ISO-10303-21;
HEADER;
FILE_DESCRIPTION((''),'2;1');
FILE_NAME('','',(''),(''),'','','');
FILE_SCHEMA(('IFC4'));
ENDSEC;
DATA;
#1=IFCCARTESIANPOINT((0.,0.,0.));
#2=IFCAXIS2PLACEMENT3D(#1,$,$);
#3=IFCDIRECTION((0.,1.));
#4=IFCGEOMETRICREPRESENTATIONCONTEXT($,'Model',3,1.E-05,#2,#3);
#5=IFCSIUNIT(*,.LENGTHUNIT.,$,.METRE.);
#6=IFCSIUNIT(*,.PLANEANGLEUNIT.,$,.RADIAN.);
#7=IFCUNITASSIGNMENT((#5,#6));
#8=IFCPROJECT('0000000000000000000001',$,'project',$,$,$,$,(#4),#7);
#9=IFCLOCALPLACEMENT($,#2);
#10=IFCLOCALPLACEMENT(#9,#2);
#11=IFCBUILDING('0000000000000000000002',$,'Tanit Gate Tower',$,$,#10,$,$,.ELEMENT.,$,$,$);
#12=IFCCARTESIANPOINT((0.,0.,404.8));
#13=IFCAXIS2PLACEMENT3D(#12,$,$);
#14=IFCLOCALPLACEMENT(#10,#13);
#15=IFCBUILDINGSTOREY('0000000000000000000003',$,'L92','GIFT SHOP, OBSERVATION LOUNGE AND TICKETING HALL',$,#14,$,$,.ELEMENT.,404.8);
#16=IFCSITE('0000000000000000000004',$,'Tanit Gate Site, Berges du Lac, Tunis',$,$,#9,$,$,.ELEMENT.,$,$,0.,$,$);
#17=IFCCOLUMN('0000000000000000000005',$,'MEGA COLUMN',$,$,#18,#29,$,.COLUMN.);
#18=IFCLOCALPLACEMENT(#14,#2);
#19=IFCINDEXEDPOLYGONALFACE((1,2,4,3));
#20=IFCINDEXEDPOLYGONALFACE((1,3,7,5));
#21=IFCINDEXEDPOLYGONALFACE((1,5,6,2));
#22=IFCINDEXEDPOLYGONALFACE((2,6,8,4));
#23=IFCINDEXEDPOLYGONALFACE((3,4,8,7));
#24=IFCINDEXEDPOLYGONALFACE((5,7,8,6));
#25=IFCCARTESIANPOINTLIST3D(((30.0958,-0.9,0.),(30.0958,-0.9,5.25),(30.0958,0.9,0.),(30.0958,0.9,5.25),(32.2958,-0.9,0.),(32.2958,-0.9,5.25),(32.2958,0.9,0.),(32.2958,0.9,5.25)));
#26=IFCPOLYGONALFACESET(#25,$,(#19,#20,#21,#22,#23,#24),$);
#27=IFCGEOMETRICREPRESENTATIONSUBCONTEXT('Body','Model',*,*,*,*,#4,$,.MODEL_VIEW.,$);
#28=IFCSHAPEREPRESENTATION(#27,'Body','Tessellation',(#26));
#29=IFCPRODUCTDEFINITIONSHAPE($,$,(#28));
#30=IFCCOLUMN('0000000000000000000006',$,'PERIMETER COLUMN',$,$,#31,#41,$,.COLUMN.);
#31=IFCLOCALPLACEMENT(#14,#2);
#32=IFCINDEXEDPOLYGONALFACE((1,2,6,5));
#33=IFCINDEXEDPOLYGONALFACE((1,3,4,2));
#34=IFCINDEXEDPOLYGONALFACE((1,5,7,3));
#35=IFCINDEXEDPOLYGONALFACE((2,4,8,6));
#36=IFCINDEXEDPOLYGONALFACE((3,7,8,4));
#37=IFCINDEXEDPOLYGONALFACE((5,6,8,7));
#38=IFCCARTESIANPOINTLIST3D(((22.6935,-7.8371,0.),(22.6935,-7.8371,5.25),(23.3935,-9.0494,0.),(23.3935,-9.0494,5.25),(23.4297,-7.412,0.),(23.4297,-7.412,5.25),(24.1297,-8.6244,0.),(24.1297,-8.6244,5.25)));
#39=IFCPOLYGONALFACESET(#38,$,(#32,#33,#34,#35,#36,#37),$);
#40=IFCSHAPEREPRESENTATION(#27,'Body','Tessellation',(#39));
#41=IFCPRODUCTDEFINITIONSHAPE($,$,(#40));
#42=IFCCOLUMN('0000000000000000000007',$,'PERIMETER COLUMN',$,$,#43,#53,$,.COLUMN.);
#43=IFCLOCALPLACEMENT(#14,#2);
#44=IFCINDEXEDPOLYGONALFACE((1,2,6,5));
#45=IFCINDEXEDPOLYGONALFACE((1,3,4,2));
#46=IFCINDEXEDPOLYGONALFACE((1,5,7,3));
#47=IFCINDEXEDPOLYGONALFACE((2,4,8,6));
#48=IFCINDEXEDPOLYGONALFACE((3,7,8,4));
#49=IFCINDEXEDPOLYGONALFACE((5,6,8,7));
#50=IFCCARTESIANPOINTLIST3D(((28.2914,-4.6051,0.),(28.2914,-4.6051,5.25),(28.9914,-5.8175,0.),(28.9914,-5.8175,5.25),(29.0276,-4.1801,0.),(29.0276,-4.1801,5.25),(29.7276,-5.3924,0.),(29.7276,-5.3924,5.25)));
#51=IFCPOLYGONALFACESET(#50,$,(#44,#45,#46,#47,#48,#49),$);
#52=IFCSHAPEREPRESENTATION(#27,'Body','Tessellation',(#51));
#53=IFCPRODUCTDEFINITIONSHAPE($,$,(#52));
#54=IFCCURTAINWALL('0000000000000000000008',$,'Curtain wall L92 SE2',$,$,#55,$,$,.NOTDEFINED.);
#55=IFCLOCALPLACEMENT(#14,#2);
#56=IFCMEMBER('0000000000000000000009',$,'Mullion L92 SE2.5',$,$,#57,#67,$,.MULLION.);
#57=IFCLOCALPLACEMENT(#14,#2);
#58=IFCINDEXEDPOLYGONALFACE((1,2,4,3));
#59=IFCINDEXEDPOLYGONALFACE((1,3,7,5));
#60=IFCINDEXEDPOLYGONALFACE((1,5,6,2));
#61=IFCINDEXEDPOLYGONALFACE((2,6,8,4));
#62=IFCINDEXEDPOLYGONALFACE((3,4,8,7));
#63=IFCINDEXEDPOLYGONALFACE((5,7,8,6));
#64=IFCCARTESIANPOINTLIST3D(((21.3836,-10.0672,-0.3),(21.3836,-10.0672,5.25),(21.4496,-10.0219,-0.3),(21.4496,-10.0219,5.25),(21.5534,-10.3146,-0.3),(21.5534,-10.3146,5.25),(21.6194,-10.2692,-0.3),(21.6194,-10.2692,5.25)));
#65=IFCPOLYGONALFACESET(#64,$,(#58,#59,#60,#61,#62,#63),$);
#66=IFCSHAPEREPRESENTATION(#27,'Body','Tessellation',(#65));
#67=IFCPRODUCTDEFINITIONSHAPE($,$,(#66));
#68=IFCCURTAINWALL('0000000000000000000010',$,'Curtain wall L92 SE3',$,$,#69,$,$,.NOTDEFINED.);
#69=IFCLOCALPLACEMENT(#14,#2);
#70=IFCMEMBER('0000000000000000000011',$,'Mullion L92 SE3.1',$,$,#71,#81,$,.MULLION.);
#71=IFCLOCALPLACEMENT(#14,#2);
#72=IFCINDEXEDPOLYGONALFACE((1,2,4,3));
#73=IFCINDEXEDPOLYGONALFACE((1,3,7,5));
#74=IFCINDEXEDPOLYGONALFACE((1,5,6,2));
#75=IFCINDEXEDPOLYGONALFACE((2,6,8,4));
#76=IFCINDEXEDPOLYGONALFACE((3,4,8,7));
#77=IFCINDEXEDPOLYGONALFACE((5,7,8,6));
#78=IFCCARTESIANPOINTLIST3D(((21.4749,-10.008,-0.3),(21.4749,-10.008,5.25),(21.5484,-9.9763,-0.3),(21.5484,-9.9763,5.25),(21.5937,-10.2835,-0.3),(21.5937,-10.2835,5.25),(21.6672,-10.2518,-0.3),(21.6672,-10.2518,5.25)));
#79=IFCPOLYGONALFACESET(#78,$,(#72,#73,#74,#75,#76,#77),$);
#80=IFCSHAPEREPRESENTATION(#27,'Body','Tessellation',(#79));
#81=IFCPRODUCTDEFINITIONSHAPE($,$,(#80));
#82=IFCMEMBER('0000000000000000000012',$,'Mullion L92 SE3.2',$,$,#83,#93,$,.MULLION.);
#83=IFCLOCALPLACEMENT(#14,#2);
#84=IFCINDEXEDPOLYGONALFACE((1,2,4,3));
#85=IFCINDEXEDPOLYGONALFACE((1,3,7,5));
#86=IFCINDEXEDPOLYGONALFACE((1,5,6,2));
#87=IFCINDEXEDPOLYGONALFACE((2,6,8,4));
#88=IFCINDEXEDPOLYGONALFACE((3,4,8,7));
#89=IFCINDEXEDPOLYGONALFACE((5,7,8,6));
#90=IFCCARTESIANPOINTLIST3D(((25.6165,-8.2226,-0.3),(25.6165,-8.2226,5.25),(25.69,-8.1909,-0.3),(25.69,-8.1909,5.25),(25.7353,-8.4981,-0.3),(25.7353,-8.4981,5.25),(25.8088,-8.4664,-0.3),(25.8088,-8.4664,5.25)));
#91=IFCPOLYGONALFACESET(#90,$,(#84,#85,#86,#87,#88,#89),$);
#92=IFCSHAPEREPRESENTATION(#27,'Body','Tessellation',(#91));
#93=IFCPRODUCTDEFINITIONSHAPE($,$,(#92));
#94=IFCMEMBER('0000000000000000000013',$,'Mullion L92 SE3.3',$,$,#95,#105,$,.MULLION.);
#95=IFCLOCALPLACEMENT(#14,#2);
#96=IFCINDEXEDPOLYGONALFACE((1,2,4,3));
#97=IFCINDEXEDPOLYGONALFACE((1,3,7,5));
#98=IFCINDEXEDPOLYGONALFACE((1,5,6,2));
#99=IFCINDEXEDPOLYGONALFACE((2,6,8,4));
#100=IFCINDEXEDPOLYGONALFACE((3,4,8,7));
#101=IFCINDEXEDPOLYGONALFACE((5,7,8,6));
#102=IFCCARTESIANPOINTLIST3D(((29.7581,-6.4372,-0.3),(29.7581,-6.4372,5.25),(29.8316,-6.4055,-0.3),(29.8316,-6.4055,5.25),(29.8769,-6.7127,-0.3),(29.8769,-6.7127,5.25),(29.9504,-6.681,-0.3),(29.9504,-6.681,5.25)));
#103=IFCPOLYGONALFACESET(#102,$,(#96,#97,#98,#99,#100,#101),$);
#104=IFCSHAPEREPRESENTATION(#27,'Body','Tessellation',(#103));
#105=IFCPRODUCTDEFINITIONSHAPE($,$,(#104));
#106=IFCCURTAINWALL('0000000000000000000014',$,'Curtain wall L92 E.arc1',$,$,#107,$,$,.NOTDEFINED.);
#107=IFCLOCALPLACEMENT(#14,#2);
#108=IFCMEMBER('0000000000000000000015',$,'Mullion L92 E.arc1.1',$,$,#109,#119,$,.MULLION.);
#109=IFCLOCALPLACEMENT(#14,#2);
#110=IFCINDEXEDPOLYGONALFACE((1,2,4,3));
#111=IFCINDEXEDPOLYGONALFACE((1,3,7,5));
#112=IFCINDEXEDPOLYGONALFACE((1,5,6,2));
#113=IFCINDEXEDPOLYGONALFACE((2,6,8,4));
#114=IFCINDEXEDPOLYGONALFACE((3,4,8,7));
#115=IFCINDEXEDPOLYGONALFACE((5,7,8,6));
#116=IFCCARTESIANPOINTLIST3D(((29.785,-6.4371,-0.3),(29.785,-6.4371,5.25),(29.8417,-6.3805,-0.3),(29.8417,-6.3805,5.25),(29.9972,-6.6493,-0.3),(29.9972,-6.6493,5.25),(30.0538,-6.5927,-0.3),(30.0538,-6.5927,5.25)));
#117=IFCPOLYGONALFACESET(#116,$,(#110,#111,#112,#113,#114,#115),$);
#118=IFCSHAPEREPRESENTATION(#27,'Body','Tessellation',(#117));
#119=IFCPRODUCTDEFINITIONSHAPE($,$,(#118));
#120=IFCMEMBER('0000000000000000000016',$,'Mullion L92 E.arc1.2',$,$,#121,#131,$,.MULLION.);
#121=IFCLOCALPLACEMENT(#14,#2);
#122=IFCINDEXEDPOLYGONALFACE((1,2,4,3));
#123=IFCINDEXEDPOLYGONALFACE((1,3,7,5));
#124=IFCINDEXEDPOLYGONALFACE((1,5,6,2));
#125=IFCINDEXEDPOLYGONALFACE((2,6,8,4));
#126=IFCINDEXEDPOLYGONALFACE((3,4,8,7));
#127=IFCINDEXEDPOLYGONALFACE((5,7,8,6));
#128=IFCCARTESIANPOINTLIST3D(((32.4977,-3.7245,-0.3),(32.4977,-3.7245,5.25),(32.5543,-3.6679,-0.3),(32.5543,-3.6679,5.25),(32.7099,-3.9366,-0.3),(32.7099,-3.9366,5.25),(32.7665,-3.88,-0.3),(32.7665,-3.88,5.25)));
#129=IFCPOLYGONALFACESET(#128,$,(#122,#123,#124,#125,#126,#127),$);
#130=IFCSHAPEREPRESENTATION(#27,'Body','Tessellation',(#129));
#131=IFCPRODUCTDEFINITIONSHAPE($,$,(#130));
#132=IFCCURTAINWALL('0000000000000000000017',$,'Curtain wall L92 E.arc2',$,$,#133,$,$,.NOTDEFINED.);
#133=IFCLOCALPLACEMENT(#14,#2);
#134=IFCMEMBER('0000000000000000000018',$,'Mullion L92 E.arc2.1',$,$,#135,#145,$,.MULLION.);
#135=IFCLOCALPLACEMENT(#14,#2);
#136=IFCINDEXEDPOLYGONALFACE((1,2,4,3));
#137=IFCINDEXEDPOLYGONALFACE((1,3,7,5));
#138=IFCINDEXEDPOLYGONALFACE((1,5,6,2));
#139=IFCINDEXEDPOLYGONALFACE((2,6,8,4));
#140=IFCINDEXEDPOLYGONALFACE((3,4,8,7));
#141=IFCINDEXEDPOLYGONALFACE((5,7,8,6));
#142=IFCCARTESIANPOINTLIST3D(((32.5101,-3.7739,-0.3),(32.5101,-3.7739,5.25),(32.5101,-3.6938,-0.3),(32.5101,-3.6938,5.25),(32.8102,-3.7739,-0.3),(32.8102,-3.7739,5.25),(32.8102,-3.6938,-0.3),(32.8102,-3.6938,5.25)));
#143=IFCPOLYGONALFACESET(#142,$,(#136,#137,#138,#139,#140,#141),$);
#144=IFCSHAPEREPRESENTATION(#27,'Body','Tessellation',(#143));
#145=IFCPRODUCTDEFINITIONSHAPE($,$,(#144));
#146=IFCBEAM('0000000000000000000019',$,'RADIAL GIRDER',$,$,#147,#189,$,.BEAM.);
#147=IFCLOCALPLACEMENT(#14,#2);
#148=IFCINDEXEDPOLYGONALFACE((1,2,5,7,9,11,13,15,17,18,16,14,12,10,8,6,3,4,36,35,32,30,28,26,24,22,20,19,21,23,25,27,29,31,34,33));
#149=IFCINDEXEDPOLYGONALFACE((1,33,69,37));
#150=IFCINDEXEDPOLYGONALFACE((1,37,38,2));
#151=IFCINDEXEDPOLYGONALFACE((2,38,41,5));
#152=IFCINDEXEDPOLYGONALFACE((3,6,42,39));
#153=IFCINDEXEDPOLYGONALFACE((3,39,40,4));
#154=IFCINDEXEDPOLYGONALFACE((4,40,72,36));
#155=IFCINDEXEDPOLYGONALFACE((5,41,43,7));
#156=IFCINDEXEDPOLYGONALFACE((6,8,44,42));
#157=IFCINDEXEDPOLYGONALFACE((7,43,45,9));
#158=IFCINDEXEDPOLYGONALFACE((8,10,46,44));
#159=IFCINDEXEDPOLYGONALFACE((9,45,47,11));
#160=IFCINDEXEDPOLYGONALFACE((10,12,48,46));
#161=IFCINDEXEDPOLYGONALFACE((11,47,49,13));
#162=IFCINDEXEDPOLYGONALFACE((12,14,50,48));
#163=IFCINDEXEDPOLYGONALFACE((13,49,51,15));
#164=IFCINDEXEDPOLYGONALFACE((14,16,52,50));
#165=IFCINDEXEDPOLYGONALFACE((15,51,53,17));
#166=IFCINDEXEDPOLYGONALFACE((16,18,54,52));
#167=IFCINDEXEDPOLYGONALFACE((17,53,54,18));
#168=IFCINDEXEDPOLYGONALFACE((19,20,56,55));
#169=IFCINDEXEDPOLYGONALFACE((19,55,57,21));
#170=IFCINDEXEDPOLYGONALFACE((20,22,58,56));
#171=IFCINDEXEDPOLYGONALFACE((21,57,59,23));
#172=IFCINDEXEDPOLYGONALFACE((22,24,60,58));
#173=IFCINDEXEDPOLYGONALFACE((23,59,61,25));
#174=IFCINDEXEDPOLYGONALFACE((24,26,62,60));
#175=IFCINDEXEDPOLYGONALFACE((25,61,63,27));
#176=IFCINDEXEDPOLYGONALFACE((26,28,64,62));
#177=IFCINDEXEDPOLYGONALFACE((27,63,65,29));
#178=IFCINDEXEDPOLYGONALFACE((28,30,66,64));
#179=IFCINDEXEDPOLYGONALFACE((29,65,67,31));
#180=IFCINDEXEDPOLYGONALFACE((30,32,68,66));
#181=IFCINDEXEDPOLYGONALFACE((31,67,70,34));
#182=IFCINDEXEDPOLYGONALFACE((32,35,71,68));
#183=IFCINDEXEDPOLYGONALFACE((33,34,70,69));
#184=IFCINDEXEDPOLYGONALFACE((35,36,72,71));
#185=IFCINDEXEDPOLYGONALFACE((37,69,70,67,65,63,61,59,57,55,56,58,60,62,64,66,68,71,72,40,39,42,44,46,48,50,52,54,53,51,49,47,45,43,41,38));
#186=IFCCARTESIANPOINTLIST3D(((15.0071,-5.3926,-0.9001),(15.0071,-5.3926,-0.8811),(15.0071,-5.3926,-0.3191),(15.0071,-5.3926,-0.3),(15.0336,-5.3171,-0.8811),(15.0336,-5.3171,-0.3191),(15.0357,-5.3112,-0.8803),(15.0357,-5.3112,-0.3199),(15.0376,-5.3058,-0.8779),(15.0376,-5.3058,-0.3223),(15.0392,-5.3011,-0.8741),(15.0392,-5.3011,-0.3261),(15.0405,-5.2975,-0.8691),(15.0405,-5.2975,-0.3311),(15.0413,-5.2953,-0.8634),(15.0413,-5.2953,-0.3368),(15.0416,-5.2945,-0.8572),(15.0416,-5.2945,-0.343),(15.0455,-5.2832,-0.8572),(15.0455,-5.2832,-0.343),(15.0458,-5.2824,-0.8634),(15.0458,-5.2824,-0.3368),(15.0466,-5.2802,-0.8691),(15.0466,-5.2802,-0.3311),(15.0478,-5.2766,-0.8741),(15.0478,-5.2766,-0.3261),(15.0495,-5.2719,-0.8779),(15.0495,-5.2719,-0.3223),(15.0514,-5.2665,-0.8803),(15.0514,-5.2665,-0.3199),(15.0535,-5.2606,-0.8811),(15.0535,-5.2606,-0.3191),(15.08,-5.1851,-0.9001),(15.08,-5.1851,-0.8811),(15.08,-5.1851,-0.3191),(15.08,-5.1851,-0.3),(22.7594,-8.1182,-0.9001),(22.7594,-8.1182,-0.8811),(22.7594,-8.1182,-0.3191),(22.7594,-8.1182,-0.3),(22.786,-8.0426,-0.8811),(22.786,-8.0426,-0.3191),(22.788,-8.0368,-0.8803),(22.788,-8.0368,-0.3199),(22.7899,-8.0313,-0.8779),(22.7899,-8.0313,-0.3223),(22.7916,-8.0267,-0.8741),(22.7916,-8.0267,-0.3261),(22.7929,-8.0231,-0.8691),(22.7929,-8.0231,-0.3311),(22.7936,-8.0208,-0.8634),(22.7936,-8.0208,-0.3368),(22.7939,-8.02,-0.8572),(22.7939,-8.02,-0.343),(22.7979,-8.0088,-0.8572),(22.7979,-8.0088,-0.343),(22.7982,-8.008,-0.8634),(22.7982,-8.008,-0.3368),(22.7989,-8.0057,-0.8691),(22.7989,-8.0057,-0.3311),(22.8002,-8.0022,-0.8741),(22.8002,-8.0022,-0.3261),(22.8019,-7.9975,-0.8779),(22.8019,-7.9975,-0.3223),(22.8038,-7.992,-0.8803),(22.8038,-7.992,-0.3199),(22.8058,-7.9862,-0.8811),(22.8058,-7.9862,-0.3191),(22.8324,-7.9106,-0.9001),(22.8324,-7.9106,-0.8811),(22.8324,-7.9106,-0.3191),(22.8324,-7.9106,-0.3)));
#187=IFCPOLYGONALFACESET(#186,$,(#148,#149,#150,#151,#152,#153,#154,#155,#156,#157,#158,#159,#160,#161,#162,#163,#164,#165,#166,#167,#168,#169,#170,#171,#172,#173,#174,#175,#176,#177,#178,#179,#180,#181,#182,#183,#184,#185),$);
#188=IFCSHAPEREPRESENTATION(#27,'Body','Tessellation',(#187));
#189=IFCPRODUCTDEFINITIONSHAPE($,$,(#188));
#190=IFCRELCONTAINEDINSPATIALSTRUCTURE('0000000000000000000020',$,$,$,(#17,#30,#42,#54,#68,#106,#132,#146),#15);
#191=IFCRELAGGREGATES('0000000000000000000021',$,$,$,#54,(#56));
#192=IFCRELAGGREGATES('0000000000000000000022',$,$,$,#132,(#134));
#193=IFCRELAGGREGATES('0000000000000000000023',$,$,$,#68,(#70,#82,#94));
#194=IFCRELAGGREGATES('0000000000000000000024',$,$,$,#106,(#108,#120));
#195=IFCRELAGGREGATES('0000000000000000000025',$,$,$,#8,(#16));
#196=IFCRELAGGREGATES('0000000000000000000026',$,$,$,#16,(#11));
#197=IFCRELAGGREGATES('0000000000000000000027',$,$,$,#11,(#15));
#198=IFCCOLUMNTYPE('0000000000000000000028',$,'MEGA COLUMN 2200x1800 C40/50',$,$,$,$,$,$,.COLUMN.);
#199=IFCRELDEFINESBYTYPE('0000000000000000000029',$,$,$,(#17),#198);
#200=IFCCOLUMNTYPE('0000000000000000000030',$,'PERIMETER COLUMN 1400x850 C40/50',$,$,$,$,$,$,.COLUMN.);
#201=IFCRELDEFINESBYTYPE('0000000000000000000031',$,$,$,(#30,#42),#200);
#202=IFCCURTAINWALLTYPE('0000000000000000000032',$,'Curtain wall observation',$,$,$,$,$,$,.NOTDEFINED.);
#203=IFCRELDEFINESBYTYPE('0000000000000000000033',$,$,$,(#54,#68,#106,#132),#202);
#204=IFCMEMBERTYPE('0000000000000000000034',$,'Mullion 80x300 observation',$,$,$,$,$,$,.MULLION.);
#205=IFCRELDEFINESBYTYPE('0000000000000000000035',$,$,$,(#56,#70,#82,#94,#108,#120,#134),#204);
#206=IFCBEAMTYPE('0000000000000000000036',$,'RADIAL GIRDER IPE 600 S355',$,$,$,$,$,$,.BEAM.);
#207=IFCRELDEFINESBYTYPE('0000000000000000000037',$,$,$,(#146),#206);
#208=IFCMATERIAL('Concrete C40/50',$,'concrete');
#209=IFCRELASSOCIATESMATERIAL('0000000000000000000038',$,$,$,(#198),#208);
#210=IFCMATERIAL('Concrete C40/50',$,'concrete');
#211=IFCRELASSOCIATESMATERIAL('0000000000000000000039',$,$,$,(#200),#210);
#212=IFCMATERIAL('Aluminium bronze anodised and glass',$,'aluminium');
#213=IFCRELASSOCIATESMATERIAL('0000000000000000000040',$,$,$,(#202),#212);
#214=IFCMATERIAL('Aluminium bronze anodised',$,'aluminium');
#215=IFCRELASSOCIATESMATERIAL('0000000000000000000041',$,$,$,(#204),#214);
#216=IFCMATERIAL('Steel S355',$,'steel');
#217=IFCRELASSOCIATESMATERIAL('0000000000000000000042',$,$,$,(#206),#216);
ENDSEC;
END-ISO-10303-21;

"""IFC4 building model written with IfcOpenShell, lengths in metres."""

from ifc_helpers import new_model, si_unit, direction, frame, origin, origin_2d, place, context, subcontext, project, spatial, rectangle, i_section, extrude, material, material_profile, profile_set, type_object, element, aggregate, save


model = new_model("IFC4")

# Units and contexts
model_context = context("Model", 3, precision=1e-05, world=origin(), true_north=direction((0.0, 1.0)))
body_context = subcontext(model_context, "Body", "Model", "MODEL_VIEW")
ifc_project = project(units=[si_unit("LENGTHUNIT", "METRE"), si_unit("PLANEANGLEUNIT", "RADIAN")], contexts=[model_context])

# Site, building, storey
site_placement = place(None, origin())
site = spatial("IfcSite", under=ifc_project, at=site_placement, Name="Tanit Gate Site, Berges du Lac, Tunis", CompositionType="ELEMENT", RefElevation=0.0)
building_placement = place(site_placement, origin())
building = spatial("IfcBuilding", under=site, at=building_placement, Name="Tanit Gate Tower", CompositionType="ELEMENT")
storey_placement = place(building_placement, frame((0.0, 0.0, 404.8)))
storey = spatial("IfcBuildingStorey", under=building, at=storey_placement, Name="L92", Description="GIFT SHOP, OBSERVATION LOUNGE AND TICKETING HALL", CompositionType="ELEMENT", Elevation=404.8)

# Columns
ifc_material_1 = material(Name="Concrete C40/50", Category="concrete")
ifc_material_profile_1 = material_profile(ifc_material_1, rectangle(XDim=2.2, YDim=1.8, at=origin_2d()), Name="RC 2200x1800")
ifc_profile_set_1 = profile_set([ifc_material_profile_1], Name="Concrete C40/50")
column_type_1 = type_object("IfcColumnType", Name="MEGA COLUMN 2200x1800 C40/50", PredefinedType="COLUMN", material=ifc_profile_set_1)
column_placement = place(storey_placement, frame((31.1958, 0.0, 0.0), z_axis=(0.0, 0.0, 1.0), x_axis=(1.0, 0.0, 0.0)))
element("IfcColumn", 1, at=column_placement, inside=storey, type_object=column_type_1, Name="MEGA COLUMN", PredefinedType="COLUMN", context=body_context, shape_type="SweptSolid", body=[
    extrude(rectangle(XDim=2.2, YDim=1.8, at=origin_2d()), origin(), (0.0, 0.0, 1.0), 5.25),
])
ifc_material_2 = material(Name="Concrete C40/50", Category="concrete")
ifc_material_profile_2 = material_profile(ifc_material_2, rectangle(XDim=1.3999, YDim=0.8501, at=origin_2d()), Name="RC 1400x850")
ifc_profile_set_2 = profile_set([ifc_material_profile_2], Name="Concrete C40/50")
column_type_2 = type_object("IfcColumnType", Name="PERIMETER COLUMN 1400x850 C40/50", PredefinedType="COLUMN", material=ifc_profile_set_2)
for number, where, z_axis, x_axis, name in (
    (2, (23.4116, -8.2307, 0.0), (0.0, 0.0, 1.0), (0.5, -0.866025, 0.0), "PERIMETER COLUMN"),
    (3, (29.0095, -4.9988, 0.0), (0.0, 0.0, 1.0), (0.5, -0.866025, 0.0), "PERIMETER COLUMN"),
):
    element("IfcColumn", number, at=place(storey_placement, frame(where, z_axis=z_axis, x_axis=x_axis)), inside=storey, type_object=column_type_2, Name=name, PredefinedType="COLUMN", context=body_context, shape_type="SweptSolid", body=[
        extrude(rectangle(XDim=1.3999, YDim=0.8501, at=origin_2d()), origin(), (0.0, 0.0, 1.0), 5.25),
    ])

# Curtain wall, member
ifc_material_3 = material(Name="Aluminium bronze anodised and glass", Category="aluminium")
curtain_wall_type = type_object("IfcCurtainWallType", Name="Curtain wall observation", PredefinedType="NOTDEFINED", material=ifc_material_3)
curtain_wall_1_placement = place(storey_placement, origin())
curtain_wall_1 = element("IfcCurtainWall", 4, at=curtain_wall_1_placement, inside=storey, type_object=curtain_wall_type, Name="Curtain wall L92 SE2", PredefinedType="NOTDEFINED")
ifc_material_4 = material(Name="Aluminium bronze anodised", Category="aluminium")
ifc_material_profile_3 = material_profile(ifc_material_4, rectangle(XDim=0.3, YDim=0.0801, at=origin_2d()), Name="80x300 bronze mullion")
ifc_profile_set_3 = profile_set([ifc_material_profile_3], Name="Aluminium bronze anodised")
member_type_1 = type_object("IfcMemberType", Name="Mullion 80x300 observation", PredefinedType="MULLION", material=ifc_profile_set_3)
member_1_placement = place(storey_placement, frame((21.5015, -10.1682, -0.3), z_axis=(0.0, 0.0, 1.0), x_axis=(-0.565893, 0.824479, 0.0)))
member_1 = element("IfcMember", 5, at=member_1_placement, type_object=member_type_1, Name="Mullion L92 SE2.5", PredefinedType="MULLION", context=body_context, shape_type="SweptSolid", body=[
    extrude(rectangle(XDim=0.3, YDim=0.0801, at=origin_2d()), origin(), (0.0, 0.0, 1.0), 5.55),
])
aggregate(curtain_wall_1, [member_1])

# Curtain walls, members
curtain_wall_2_placement = place(storey_placement, origin())
curtain_wall_2 = element("IfcCurtainWall", 6, at=curtain_wall_2_placement, inside=storey, type_object=curtain_wall_type, Name="Curtain wall L92 SE3", PredefinedType="NOTDEFINED")
member_2_placement = place(storey_placement, frame((21.571, -10.1299, -0.3), z_axis=(0.0, 0.0, 1.0), x_axis=(-0.395871, 0.918306, 0.0)))
member_2 = element("IfcMember", 7, at=member_2_placement, type_object=member_type_1, Name="Mullion L92 SE3.1", PredefinedType="MULLION", context=body_context, shape_type="SweptSolid", body=[
    extrude(rectangle(XDim=0.3, YDim=0.0801, at=origin_2d()), origin(), (0.0, 0.0, 1.0), 5.55),
])
member_3_placement = place(storey_placement, frame((25.7126, -8.3445, -0.3), z_axis=(0.0, 0.0, 1.0), x_axis=(-0.395871, 0.918306, 0.0)))
member_3 = element("IfcMember", 8, at=member_3_placement, type_object=member_type_1, Name="Mullion L92 SE3.2", PredefinedType="MULLION", context=body_context, shape_type="SweptSolid", body=[
    extrude(rectangle(XDim=0.3, YDim=0.0801, at=origin_2d()), origin(), (0.0, 0.0, 1.0), 5.55),
])
member_4_placement = place(storey_placement, frame((29.8542, -6.5591, -0.3), z_axis=(0.0, 0.0, 1.0), x_axis=(-0.395871, 0.918306, 0.0)))
member_4 = element("IfcMember", 9, at=member_4_placement, type_object=member_type_1, Name="Mullion L92 SE3.3", PredefinedType="MULLION", context=body_context, shape_type="SweptSolid", body=[
    extrude(rectangle(XDim=0.3, YDim=0.0801, at=origin_2d()), origin(), (0.0, 0.0, 1.0), 5.55),
])
curtain_wall_3_placement = place(storey_placement, origin())
curtain_wall_3 = element("IfcCurtainWall", 10, at=curtain_wall_3_placement, inside=storey, type_object=curtain_wall_type, Name="Curtain wall L92 E.arc1", PredefinedType="NOTDEFINED")
member_5_placement = place(storey_placement, frame((29.9194, -6.5149, -0.3), z_axis=(0.0, 0.0, 1.0), x_axis=(-0.707107, 0.707107, 0.0)))
member_5 = element("IfcMember", 11, at=member_5_placement, type_object=member_type_1, Name="Mullion L92 E.arc1.1", PredefinedType="MULLION", context=body_context, shape_type="SweptSolid", body=[
    extrude(rectangle(XDim=0.3, YDim=0.0801, at=origin_2d()), origin(), (0.0, 0.0, 1.0), 5.55),
])
member_6_placement = place(storey_placement, frame((32.6321, -3.8022, -0.3), z_axis=(0.0, 0.0, 1.0), x_axis=(-0.707107, 0.707107, 0.0)))
member_6 = element("IfcMember", 12, at=member_6_placement, type_object=member_type_1, Name="Mullion L92 E.arc1.2", PredefinedType="MULLION", context=body_context, shape_type="SweptSolid", body=[
    extrude(rectangle(XDim=0.3, YDim=0.0801, at=origin_2d()), origin(), (0.0, 0.0, 1.0), 5.55),
])

# Curtain wall, member
curtain_wall_4_placement = place(storey_placement, origin())
curtain_wall_4 = element("IfcCurtainWall", 13, at=curtain_wall_4_placement, inside=storey, type_object=curtain_wall_type, Name="Curtain wall L92 E.arc2", PredefinedType="NOTDEFINED")
member_7_placement = place(storey_placement, frame((32.6602, -3.7339, -0.3), z_axis=(0.0, 0.0, 1.0), x_axis=(-1.0, 0.0, 0.0)))
member_7 = element("IfcMember", 14, at=member_7_placement, type_object=member_type_1, Name="Mullion L92 E.arc2.1", PredefinedType="MULLION", context=body_context, shape_type="SweptSolid", body=[
    extrude(rectangle(XDim=0.3, YDim=0.0801, at=origin_2d()), origin(), (0.0, 0.0, 1.0), 5.55),
])

# Beam
ifc_material_5 = material(Name="Steel S355", Category="steel")
ifc_material_profile_4 = material_profile(ifc_material_5, i_section(OverallWidth=0.22, OverallDepth=0.6001, WebThickness=0.012, FlangeThickness=0.019, FilletRadius=0.0239, at=origin_2d()), Name="IPE 600")
ifc_profile_set_4 = profile_set([ifc_material_profile_4], Name="Steel S355")
beam_type = type_object("IfcBeamType", Name="RADIAL GIRDER IPE 600 S355", PredefinedType="BEAM", material=ifc_profile_set_4)
beam_1_placement = place(storey_placement, frame((22.7959, -8.0144, -0.6001), z_axis=(-0.943393, 0.331676, 0.0), x_axis=(-0.331676, -0.943393, 0.0)))
element("IfcBeam", 15, at=beam_1_placement, inside=storey, type_object=beam_type, Name="RADIAL GIRDER", PredefinedType="BEAM", context=body_context, shape_type="SweptSolid", body=[
    extrude(i_section(OverallWidth=0.22, OverallDepth=0.6001, WebThickness=0.012, FlangeThickness=0.019, FilletRadius=0.0239, at=origin_2d()), origin(), (0.0, 0.0, 1.0), 8.2175),
])

aggregate(curtain_wall_4, [member_7])

aggregate(curtain_wall_2, [member_2, member_3, member_4])
aggregate(curtain_wall_3, [member_5, member_6])

save(model, "model.ifc")
